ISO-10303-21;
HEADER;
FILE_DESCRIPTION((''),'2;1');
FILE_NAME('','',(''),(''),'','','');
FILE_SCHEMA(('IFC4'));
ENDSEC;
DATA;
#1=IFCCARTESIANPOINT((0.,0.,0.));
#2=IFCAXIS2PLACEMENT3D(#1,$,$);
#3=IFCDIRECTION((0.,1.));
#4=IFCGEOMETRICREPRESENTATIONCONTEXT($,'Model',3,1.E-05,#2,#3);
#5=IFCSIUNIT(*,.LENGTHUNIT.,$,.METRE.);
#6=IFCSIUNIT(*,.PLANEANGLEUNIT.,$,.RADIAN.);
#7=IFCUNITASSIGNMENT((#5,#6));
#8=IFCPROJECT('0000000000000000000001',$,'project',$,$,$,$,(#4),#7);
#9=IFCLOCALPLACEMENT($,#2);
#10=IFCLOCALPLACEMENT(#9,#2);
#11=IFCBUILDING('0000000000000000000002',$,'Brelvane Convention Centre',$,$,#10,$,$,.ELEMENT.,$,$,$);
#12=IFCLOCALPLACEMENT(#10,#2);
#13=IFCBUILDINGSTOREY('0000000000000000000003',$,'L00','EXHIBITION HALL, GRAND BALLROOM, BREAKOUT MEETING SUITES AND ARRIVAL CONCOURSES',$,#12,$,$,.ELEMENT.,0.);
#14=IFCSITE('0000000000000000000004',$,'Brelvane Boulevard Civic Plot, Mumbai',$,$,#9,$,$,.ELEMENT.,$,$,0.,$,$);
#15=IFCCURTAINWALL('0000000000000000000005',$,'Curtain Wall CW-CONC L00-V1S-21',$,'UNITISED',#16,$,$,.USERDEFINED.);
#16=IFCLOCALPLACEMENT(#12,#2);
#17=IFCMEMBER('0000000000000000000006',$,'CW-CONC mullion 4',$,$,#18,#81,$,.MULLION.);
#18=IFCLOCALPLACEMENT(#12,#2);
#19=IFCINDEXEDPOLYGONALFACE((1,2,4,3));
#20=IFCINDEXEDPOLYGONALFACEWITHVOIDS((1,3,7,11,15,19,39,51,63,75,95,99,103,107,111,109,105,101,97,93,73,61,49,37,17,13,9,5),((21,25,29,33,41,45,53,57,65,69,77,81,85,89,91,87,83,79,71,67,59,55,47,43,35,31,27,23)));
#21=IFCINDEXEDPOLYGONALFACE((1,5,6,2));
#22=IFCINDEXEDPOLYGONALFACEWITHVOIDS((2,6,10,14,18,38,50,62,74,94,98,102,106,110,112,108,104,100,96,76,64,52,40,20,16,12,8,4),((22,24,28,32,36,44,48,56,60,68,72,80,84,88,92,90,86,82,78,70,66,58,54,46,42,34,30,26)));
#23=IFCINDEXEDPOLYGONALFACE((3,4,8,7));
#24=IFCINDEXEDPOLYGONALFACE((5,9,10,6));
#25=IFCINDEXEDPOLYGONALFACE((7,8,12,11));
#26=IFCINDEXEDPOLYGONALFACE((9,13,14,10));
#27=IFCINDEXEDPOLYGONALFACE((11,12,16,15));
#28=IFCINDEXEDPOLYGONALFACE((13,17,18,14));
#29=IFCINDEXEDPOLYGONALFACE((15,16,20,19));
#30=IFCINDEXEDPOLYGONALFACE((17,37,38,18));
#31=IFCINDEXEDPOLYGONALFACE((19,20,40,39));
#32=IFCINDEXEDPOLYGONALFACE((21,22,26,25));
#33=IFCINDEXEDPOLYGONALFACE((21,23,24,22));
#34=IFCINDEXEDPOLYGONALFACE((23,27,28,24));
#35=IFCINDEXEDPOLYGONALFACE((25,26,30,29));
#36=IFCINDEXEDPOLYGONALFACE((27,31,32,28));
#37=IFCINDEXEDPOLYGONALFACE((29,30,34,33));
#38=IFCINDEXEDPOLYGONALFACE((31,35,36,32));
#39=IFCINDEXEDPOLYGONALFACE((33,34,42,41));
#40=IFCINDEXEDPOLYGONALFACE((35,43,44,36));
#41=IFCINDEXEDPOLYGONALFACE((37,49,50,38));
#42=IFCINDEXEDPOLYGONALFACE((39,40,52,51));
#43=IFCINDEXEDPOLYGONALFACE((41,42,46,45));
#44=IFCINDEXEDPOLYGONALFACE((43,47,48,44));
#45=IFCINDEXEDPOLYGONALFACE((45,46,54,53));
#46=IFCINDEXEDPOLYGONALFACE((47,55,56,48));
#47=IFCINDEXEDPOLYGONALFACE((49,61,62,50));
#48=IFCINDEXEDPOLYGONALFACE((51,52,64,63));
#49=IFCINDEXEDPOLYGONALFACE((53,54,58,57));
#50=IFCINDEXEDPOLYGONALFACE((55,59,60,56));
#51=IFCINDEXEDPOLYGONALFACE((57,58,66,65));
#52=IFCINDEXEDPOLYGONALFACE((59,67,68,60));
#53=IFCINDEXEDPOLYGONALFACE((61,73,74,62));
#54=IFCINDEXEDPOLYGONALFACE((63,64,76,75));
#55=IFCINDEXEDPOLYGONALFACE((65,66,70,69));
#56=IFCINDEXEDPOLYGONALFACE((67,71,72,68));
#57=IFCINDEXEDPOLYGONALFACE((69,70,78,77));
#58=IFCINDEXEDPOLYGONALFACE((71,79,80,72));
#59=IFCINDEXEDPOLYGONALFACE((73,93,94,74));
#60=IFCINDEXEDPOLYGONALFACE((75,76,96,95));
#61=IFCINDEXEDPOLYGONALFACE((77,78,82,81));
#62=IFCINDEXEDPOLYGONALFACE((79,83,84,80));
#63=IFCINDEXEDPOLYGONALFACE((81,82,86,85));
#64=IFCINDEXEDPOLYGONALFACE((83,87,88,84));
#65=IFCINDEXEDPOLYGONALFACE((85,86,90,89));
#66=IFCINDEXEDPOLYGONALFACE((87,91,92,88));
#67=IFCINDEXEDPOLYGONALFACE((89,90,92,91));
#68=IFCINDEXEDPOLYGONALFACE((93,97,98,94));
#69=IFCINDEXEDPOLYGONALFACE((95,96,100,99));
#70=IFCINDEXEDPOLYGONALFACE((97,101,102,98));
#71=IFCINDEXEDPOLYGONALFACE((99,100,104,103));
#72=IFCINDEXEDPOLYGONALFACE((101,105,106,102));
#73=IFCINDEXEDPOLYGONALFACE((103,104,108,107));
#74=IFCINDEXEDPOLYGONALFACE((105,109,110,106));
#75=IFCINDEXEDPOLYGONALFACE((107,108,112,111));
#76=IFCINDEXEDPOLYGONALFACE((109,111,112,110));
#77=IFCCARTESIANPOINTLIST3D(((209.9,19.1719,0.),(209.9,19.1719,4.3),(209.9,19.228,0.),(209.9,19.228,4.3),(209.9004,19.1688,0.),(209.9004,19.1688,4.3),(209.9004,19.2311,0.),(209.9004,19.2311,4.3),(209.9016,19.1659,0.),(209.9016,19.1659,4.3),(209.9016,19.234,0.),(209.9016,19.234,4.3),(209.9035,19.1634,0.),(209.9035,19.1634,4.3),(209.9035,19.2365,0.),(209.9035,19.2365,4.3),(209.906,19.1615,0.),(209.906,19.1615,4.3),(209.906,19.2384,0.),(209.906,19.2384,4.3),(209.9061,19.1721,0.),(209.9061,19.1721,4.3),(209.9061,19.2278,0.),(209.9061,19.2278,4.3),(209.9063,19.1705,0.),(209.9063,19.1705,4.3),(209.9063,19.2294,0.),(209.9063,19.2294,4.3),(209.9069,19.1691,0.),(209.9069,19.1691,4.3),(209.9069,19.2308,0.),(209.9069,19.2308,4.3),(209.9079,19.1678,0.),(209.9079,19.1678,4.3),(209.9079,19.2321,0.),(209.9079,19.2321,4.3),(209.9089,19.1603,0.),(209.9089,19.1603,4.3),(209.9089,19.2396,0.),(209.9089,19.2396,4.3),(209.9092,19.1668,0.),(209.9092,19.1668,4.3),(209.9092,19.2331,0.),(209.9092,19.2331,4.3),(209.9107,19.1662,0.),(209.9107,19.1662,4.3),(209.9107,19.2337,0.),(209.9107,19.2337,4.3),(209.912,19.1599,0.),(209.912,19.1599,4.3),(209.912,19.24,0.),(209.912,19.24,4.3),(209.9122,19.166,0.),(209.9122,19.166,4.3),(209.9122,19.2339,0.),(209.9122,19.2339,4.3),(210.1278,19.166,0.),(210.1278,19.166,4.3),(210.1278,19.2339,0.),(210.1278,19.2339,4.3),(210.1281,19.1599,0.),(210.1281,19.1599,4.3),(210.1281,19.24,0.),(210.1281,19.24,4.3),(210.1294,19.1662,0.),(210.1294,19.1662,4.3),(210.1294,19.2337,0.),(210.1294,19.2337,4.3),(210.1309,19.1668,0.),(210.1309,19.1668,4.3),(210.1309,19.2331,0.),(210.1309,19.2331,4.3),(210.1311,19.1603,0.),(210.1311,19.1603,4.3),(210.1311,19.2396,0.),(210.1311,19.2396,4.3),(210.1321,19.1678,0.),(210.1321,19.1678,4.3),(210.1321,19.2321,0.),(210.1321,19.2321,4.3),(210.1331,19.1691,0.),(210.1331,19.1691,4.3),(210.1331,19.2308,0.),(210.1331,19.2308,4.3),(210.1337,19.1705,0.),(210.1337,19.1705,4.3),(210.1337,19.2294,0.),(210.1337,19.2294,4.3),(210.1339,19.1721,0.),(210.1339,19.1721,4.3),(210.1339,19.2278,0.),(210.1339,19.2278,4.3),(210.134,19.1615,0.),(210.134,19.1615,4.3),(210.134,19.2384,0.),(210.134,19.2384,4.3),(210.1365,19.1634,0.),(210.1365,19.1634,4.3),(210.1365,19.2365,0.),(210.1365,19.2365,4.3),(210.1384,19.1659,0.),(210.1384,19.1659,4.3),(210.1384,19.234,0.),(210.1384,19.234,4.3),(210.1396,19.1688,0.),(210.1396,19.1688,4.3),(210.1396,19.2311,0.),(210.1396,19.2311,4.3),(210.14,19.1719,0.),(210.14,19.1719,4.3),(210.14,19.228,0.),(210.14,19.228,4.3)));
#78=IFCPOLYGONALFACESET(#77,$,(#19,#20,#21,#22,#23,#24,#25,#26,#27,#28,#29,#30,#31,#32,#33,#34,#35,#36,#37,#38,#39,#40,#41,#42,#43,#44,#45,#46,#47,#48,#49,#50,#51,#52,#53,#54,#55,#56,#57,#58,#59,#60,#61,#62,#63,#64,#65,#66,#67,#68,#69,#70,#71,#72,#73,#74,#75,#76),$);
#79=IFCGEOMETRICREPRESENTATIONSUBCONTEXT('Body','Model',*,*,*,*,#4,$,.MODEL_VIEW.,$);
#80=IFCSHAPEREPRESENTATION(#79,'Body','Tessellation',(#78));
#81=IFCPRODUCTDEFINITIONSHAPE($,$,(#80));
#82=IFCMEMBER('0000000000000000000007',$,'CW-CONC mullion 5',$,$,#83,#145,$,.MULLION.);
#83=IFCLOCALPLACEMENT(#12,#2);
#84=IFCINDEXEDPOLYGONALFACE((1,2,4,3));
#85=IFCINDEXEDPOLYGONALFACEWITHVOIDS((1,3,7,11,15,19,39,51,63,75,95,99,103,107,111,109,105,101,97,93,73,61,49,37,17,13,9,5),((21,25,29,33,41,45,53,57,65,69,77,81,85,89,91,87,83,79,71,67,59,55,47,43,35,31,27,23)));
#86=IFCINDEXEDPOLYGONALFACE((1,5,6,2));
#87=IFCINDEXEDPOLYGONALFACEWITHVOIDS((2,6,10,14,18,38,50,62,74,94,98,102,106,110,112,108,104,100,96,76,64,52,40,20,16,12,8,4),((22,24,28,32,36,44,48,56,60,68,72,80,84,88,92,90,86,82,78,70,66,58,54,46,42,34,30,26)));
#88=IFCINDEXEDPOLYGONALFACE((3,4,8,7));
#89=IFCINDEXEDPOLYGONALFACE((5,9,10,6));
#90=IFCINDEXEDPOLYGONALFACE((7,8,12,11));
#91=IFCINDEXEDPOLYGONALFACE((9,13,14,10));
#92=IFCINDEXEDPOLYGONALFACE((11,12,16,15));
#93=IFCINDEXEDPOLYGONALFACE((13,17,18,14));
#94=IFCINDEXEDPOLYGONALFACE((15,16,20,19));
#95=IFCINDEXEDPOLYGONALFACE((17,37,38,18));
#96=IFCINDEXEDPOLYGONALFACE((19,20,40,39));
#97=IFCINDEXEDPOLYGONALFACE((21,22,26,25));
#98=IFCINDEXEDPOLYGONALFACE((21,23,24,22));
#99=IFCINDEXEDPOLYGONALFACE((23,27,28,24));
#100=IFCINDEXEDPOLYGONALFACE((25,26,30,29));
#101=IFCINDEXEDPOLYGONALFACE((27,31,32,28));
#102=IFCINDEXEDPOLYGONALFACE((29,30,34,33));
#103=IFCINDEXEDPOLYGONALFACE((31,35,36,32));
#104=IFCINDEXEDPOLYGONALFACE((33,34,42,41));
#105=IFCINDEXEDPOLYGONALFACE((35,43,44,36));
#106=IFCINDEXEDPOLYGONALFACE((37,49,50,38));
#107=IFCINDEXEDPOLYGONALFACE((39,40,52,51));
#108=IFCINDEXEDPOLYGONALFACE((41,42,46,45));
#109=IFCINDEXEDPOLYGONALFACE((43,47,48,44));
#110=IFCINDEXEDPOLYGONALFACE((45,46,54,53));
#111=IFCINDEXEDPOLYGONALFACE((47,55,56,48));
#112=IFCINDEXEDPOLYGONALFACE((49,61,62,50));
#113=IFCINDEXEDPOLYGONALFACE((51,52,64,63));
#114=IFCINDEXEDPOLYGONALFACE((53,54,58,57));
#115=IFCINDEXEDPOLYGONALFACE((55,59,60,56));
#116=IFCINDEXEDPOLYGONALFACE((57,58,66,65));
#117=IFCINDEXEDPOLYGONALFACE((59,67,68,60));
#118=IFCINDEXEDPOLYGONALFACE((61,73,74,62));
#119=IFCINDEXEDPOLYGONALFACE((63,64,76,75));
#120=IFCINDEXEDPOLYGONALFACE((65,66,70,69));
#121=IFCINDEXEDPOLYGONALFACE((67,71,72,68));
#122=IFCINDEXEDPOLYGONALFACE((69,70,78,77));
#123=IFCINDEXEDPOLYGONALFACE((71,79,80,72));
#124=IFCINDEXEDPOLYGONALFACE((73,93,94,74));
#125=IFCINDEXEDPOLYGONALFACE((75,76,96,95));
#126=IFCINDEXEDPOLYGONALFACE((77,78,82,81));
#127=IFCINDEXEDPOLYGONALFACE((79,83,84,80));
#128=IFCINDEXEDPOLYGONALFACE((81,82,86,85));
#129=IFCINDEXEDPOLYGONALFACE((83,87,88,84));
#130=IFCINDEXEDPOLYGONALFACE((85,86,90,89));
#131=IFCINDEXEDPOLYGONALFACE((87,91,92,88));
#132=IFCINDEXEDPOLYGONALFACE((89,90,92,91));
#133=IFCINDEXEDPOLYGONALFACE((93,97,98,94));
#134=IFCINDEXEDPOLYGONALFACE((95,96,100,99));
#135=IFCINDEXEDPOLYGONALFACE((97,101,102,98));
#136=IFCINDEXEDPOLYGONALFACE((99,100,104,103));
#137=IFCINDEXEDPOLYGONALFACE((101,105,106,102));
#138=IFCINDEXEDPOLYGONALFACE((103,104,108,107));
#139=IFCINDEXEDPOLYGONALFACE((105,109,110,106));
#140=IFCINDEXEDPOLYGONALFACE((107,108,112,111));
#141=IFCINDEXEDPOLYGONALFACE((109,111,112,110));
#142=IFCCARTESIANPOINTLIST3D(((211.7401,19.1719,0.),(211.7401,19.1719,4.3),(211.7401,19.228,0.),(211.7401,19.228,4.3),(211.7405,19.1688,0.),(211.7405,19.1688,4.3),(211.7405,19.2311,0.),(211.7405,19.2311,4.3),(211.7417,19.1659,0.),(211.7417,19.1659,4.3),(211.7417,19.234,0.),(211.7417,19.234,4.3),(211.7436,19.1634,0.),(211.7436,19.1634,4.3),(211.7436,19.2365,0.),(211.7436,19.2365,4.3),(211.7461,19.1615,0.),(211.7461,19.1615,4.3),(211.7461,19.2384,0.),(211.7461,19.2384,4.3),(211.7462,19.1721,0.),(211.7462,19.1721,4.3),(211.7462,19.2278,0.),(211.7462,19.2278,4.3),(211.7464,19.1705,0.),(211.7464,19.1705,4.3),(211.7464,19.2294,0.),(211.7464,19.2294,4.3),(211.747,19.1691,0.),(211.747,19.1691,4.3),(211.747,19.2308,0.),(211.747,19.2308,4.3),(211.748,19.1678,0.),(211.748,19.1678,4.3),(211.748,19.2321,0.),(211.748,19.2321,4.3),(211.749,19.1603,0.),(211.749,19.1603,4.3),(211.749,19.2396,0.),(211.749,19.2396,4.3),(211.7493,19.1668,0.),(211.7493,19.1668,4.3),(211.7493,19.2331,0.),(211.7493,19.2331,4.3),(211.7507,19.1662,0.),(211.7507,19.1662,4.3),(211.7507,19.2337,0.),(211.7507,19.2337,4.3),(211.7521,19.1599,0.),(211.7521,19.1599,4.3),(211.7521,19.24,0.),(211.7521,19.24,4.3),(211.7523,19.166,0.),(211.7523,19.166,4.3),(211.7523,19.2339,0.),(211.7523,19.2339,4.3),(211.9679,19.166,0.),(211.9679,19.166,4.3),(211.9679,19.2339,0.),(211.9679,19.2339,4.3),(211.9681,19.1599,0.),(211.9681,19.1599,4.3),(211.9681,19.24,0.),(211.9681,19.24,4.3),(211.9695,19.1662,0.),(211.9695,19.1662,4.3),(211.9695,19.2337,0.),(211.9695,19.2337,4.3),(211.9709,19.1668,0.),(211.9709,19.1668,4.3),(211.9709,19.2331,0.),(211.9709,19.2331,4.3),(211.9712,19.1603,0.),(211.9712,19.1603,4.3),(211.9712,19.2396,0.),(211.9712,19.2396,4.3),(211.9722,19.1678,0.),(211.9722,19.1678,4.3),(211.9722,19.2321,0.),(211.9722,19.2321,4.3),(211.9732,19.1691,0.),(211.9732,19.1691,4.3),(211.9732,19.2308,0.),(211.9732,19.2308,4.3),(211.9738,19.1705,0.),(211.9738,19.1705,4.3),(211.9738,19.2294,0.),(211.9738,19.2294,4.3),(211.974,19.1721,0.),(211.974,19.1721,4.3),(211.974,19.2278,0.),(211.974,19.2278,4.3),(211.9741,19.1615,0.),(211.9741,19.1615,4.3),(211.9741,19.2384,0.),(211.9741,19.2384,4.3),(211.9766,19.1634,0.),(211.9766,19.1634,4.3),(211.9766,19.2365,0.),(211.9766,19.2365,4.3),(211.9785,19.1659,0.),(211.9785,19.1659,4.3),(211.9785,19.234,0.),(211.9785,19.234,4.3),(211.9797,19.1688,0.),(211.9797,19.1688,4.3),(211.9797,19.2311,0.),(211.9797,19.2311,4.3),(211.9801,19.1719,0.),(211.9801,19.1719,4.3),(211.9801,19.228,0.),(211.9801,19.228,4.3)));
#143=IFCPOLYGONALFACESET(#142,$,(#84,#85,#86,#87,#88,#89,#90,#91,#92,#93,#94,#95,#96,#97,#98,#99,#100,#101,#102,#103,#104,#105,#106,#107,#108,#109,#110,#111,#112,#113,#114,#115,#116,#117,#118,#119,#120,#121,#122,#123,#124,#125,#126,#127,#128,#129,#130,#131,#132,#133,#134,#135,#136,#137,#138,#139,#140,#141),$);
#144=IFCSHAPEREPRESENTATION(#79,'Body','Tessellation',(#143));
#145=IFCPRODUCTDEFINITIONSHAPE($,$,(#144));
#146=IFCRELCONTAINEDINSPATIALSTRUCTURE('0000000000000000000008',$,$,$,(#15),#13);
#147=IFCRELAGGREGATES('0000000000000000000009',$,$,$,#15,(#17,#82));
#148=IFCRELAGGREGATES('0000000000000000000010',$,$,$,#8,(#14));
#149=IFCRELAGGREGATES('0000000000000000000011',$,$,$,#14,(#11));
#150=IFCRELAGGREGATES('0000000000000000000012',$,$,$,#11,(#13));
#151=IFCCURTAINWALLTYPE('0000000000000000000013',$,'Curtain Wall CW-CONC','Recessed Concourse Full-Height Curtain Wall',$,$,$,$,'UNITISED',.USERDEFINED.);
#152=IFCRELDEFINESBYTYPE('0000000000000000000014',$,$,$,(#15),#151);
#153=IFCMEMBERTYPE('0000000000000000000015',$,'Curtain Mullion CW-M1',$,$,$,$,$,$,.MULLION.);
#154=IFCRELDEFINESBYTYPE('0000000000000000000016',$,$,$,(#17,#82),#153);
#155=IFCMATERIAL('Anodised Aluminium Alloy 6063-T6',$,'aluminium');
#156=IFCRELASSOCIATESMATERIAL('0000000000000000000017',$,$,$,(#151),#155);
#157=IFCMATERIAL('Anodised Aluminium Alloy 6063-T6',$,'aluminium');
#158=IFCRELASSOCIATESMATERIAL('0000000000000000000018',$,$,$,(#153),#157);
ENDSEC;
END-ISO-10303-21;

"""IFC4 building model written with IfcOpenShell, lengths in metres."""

from ifc_helpers import new_model, si_unit, direction, frame, origin, origin_2d, place, context, subcontext, project, spatial, hollow_rectangle, extrude, material, material_profile, profile_set, type_object, element, aggregate, save


model = new_model("IFC4")

# Units and contexts
model_context = context("Model", 3, precision=1e-05, world=origin(), true_north=direction((0.0, 1.0)))
body_context = subcontext(model_context, "Body", "Model", "MODEL_VIEW")
ifc_project = project(units=[si_unit("LENGTHUNIT", "METRE"), si_unit("PLANEANGLEUNIT", "RADIAN")], contexts=[model_context])

# Site, building, storey
site_placement = place(None, origin())
site = spatial("IfcSite", under=ifc_project, at=site_placement, Name="Brelvane Boulevard Civic Plot, Mumbai", CompositionType="ELEMENT", RefElevation=0.0)
building_placement = place(site_placement, origin())
building = spatial("IfcBuilding", under=site, at=building_placement, Name="Brelvane Convention Centre", CompositionType="ELEMENT")
storey_placement = place(building_placement, origin())
storey = spatial("IfcBuildingStorey", under=building, at=storey_placement, Name="L00", Description="EXHIBITION HALL, GRAND BALLROOM, BREAKOUT MEETING SUITES AND ARRIVAL CONCOURSES", CompositionType="ELEMENT", Elevation=0.0)

# Curtain wall, members
ifc_material_1 = material(Name="Anodised Aluminium Alloy 6063-T6", Category="aluminium")
curtain_wall_type = type_object("IfcCurtainWallType", Name="Curtain Wall CW-CONC", Description="Recessed Concourse Full-Height Curtain Wall", ElementType="UNITISED", PredefinedType="USERDEFINED", material=ifc_material_1)
curtain_wall_placement = place(storey_placement, origin())
curtain_wall = element("IfcCurtainWall", 1, at=curtain_wall_placement, inside=storey, type_object=curtain_wall_type, Name="Curtain Wall CW-CONC L00-V1S-21", ObjectType="UNITISED", PredefinedType="USERDEFINED")
ifc_material_2 = material(Name="Anodised Aluminium Alloy 6063-T6", Category="aluminium")
ifc_material_profile_1 = material_profile(ifc_material_2, hollow_rectangle(XDim=0.0801, YDim=0.24, WallThickness=0.0061, InnerFilletRadius=0.0061, OuterFilletRadius=0.012, at=origin_2d()), Name="ALU-M 240x80x6.0")
ifc_profile_set_1 = profile_set([ifc_material_profile_1], Name="Anodised Aluminium Alloy 6063-T6")
member_type_1 = type_object("IfcMemberType", Name="Curtain Mullion CW-M1", PredefinedType="MULLION", material=ifc_profile_set_1)
member_1_placement = place(storey_placement, frame((210.02, 19.2, 0.0), z_axis=(0.0, 0.0, 1.0), x_axis=(0.0, 1.0, 0.0)))
member_1 = element("IfcMember", 2, at=member_1_placement, type_object=member_type_1, Name="CW-CONC mullion 4", PredefinedType="MULLION", context=body_context, shape_type="SweptSolid", body=[
    extrude(hollow_rectangle(XDim=0.0801, YDim=0.24, WallThickness=0.0061, InnerFilletRadius=0.0061, OuterFilletRadius=0.012, at=origin_2d()), origin(), (0.0, 0.0, 1.0), 4.3),
])
member_2_placement = place(storey_placement, frame((211.8601, 19.2, 0.0), z_axis=(0.0, 0.0, 1.0), x_axis=(0.0, 1.0, 0.0)))
member_2 = element("IfcMember", 3, at=member_2_placement, type_object=member_type_1, Name="CW-CONC mullion 5", PredefinedType="MULLION", context=body_context, shape_type="SweptSolid", body=[
    extrude(hollow_rectangle(XDim=0.0801, YDim=0.24, WallThickness=0.0061, InnerFilletRadius=0.0061, OuterFilletRadius=0.012, at=origin_2d()), origin(), (0.0, 0.0, 1.0), 4.3),
])
aggregate(curtain_wall, [member_1, member_2])

save(model, "model.ifc")
